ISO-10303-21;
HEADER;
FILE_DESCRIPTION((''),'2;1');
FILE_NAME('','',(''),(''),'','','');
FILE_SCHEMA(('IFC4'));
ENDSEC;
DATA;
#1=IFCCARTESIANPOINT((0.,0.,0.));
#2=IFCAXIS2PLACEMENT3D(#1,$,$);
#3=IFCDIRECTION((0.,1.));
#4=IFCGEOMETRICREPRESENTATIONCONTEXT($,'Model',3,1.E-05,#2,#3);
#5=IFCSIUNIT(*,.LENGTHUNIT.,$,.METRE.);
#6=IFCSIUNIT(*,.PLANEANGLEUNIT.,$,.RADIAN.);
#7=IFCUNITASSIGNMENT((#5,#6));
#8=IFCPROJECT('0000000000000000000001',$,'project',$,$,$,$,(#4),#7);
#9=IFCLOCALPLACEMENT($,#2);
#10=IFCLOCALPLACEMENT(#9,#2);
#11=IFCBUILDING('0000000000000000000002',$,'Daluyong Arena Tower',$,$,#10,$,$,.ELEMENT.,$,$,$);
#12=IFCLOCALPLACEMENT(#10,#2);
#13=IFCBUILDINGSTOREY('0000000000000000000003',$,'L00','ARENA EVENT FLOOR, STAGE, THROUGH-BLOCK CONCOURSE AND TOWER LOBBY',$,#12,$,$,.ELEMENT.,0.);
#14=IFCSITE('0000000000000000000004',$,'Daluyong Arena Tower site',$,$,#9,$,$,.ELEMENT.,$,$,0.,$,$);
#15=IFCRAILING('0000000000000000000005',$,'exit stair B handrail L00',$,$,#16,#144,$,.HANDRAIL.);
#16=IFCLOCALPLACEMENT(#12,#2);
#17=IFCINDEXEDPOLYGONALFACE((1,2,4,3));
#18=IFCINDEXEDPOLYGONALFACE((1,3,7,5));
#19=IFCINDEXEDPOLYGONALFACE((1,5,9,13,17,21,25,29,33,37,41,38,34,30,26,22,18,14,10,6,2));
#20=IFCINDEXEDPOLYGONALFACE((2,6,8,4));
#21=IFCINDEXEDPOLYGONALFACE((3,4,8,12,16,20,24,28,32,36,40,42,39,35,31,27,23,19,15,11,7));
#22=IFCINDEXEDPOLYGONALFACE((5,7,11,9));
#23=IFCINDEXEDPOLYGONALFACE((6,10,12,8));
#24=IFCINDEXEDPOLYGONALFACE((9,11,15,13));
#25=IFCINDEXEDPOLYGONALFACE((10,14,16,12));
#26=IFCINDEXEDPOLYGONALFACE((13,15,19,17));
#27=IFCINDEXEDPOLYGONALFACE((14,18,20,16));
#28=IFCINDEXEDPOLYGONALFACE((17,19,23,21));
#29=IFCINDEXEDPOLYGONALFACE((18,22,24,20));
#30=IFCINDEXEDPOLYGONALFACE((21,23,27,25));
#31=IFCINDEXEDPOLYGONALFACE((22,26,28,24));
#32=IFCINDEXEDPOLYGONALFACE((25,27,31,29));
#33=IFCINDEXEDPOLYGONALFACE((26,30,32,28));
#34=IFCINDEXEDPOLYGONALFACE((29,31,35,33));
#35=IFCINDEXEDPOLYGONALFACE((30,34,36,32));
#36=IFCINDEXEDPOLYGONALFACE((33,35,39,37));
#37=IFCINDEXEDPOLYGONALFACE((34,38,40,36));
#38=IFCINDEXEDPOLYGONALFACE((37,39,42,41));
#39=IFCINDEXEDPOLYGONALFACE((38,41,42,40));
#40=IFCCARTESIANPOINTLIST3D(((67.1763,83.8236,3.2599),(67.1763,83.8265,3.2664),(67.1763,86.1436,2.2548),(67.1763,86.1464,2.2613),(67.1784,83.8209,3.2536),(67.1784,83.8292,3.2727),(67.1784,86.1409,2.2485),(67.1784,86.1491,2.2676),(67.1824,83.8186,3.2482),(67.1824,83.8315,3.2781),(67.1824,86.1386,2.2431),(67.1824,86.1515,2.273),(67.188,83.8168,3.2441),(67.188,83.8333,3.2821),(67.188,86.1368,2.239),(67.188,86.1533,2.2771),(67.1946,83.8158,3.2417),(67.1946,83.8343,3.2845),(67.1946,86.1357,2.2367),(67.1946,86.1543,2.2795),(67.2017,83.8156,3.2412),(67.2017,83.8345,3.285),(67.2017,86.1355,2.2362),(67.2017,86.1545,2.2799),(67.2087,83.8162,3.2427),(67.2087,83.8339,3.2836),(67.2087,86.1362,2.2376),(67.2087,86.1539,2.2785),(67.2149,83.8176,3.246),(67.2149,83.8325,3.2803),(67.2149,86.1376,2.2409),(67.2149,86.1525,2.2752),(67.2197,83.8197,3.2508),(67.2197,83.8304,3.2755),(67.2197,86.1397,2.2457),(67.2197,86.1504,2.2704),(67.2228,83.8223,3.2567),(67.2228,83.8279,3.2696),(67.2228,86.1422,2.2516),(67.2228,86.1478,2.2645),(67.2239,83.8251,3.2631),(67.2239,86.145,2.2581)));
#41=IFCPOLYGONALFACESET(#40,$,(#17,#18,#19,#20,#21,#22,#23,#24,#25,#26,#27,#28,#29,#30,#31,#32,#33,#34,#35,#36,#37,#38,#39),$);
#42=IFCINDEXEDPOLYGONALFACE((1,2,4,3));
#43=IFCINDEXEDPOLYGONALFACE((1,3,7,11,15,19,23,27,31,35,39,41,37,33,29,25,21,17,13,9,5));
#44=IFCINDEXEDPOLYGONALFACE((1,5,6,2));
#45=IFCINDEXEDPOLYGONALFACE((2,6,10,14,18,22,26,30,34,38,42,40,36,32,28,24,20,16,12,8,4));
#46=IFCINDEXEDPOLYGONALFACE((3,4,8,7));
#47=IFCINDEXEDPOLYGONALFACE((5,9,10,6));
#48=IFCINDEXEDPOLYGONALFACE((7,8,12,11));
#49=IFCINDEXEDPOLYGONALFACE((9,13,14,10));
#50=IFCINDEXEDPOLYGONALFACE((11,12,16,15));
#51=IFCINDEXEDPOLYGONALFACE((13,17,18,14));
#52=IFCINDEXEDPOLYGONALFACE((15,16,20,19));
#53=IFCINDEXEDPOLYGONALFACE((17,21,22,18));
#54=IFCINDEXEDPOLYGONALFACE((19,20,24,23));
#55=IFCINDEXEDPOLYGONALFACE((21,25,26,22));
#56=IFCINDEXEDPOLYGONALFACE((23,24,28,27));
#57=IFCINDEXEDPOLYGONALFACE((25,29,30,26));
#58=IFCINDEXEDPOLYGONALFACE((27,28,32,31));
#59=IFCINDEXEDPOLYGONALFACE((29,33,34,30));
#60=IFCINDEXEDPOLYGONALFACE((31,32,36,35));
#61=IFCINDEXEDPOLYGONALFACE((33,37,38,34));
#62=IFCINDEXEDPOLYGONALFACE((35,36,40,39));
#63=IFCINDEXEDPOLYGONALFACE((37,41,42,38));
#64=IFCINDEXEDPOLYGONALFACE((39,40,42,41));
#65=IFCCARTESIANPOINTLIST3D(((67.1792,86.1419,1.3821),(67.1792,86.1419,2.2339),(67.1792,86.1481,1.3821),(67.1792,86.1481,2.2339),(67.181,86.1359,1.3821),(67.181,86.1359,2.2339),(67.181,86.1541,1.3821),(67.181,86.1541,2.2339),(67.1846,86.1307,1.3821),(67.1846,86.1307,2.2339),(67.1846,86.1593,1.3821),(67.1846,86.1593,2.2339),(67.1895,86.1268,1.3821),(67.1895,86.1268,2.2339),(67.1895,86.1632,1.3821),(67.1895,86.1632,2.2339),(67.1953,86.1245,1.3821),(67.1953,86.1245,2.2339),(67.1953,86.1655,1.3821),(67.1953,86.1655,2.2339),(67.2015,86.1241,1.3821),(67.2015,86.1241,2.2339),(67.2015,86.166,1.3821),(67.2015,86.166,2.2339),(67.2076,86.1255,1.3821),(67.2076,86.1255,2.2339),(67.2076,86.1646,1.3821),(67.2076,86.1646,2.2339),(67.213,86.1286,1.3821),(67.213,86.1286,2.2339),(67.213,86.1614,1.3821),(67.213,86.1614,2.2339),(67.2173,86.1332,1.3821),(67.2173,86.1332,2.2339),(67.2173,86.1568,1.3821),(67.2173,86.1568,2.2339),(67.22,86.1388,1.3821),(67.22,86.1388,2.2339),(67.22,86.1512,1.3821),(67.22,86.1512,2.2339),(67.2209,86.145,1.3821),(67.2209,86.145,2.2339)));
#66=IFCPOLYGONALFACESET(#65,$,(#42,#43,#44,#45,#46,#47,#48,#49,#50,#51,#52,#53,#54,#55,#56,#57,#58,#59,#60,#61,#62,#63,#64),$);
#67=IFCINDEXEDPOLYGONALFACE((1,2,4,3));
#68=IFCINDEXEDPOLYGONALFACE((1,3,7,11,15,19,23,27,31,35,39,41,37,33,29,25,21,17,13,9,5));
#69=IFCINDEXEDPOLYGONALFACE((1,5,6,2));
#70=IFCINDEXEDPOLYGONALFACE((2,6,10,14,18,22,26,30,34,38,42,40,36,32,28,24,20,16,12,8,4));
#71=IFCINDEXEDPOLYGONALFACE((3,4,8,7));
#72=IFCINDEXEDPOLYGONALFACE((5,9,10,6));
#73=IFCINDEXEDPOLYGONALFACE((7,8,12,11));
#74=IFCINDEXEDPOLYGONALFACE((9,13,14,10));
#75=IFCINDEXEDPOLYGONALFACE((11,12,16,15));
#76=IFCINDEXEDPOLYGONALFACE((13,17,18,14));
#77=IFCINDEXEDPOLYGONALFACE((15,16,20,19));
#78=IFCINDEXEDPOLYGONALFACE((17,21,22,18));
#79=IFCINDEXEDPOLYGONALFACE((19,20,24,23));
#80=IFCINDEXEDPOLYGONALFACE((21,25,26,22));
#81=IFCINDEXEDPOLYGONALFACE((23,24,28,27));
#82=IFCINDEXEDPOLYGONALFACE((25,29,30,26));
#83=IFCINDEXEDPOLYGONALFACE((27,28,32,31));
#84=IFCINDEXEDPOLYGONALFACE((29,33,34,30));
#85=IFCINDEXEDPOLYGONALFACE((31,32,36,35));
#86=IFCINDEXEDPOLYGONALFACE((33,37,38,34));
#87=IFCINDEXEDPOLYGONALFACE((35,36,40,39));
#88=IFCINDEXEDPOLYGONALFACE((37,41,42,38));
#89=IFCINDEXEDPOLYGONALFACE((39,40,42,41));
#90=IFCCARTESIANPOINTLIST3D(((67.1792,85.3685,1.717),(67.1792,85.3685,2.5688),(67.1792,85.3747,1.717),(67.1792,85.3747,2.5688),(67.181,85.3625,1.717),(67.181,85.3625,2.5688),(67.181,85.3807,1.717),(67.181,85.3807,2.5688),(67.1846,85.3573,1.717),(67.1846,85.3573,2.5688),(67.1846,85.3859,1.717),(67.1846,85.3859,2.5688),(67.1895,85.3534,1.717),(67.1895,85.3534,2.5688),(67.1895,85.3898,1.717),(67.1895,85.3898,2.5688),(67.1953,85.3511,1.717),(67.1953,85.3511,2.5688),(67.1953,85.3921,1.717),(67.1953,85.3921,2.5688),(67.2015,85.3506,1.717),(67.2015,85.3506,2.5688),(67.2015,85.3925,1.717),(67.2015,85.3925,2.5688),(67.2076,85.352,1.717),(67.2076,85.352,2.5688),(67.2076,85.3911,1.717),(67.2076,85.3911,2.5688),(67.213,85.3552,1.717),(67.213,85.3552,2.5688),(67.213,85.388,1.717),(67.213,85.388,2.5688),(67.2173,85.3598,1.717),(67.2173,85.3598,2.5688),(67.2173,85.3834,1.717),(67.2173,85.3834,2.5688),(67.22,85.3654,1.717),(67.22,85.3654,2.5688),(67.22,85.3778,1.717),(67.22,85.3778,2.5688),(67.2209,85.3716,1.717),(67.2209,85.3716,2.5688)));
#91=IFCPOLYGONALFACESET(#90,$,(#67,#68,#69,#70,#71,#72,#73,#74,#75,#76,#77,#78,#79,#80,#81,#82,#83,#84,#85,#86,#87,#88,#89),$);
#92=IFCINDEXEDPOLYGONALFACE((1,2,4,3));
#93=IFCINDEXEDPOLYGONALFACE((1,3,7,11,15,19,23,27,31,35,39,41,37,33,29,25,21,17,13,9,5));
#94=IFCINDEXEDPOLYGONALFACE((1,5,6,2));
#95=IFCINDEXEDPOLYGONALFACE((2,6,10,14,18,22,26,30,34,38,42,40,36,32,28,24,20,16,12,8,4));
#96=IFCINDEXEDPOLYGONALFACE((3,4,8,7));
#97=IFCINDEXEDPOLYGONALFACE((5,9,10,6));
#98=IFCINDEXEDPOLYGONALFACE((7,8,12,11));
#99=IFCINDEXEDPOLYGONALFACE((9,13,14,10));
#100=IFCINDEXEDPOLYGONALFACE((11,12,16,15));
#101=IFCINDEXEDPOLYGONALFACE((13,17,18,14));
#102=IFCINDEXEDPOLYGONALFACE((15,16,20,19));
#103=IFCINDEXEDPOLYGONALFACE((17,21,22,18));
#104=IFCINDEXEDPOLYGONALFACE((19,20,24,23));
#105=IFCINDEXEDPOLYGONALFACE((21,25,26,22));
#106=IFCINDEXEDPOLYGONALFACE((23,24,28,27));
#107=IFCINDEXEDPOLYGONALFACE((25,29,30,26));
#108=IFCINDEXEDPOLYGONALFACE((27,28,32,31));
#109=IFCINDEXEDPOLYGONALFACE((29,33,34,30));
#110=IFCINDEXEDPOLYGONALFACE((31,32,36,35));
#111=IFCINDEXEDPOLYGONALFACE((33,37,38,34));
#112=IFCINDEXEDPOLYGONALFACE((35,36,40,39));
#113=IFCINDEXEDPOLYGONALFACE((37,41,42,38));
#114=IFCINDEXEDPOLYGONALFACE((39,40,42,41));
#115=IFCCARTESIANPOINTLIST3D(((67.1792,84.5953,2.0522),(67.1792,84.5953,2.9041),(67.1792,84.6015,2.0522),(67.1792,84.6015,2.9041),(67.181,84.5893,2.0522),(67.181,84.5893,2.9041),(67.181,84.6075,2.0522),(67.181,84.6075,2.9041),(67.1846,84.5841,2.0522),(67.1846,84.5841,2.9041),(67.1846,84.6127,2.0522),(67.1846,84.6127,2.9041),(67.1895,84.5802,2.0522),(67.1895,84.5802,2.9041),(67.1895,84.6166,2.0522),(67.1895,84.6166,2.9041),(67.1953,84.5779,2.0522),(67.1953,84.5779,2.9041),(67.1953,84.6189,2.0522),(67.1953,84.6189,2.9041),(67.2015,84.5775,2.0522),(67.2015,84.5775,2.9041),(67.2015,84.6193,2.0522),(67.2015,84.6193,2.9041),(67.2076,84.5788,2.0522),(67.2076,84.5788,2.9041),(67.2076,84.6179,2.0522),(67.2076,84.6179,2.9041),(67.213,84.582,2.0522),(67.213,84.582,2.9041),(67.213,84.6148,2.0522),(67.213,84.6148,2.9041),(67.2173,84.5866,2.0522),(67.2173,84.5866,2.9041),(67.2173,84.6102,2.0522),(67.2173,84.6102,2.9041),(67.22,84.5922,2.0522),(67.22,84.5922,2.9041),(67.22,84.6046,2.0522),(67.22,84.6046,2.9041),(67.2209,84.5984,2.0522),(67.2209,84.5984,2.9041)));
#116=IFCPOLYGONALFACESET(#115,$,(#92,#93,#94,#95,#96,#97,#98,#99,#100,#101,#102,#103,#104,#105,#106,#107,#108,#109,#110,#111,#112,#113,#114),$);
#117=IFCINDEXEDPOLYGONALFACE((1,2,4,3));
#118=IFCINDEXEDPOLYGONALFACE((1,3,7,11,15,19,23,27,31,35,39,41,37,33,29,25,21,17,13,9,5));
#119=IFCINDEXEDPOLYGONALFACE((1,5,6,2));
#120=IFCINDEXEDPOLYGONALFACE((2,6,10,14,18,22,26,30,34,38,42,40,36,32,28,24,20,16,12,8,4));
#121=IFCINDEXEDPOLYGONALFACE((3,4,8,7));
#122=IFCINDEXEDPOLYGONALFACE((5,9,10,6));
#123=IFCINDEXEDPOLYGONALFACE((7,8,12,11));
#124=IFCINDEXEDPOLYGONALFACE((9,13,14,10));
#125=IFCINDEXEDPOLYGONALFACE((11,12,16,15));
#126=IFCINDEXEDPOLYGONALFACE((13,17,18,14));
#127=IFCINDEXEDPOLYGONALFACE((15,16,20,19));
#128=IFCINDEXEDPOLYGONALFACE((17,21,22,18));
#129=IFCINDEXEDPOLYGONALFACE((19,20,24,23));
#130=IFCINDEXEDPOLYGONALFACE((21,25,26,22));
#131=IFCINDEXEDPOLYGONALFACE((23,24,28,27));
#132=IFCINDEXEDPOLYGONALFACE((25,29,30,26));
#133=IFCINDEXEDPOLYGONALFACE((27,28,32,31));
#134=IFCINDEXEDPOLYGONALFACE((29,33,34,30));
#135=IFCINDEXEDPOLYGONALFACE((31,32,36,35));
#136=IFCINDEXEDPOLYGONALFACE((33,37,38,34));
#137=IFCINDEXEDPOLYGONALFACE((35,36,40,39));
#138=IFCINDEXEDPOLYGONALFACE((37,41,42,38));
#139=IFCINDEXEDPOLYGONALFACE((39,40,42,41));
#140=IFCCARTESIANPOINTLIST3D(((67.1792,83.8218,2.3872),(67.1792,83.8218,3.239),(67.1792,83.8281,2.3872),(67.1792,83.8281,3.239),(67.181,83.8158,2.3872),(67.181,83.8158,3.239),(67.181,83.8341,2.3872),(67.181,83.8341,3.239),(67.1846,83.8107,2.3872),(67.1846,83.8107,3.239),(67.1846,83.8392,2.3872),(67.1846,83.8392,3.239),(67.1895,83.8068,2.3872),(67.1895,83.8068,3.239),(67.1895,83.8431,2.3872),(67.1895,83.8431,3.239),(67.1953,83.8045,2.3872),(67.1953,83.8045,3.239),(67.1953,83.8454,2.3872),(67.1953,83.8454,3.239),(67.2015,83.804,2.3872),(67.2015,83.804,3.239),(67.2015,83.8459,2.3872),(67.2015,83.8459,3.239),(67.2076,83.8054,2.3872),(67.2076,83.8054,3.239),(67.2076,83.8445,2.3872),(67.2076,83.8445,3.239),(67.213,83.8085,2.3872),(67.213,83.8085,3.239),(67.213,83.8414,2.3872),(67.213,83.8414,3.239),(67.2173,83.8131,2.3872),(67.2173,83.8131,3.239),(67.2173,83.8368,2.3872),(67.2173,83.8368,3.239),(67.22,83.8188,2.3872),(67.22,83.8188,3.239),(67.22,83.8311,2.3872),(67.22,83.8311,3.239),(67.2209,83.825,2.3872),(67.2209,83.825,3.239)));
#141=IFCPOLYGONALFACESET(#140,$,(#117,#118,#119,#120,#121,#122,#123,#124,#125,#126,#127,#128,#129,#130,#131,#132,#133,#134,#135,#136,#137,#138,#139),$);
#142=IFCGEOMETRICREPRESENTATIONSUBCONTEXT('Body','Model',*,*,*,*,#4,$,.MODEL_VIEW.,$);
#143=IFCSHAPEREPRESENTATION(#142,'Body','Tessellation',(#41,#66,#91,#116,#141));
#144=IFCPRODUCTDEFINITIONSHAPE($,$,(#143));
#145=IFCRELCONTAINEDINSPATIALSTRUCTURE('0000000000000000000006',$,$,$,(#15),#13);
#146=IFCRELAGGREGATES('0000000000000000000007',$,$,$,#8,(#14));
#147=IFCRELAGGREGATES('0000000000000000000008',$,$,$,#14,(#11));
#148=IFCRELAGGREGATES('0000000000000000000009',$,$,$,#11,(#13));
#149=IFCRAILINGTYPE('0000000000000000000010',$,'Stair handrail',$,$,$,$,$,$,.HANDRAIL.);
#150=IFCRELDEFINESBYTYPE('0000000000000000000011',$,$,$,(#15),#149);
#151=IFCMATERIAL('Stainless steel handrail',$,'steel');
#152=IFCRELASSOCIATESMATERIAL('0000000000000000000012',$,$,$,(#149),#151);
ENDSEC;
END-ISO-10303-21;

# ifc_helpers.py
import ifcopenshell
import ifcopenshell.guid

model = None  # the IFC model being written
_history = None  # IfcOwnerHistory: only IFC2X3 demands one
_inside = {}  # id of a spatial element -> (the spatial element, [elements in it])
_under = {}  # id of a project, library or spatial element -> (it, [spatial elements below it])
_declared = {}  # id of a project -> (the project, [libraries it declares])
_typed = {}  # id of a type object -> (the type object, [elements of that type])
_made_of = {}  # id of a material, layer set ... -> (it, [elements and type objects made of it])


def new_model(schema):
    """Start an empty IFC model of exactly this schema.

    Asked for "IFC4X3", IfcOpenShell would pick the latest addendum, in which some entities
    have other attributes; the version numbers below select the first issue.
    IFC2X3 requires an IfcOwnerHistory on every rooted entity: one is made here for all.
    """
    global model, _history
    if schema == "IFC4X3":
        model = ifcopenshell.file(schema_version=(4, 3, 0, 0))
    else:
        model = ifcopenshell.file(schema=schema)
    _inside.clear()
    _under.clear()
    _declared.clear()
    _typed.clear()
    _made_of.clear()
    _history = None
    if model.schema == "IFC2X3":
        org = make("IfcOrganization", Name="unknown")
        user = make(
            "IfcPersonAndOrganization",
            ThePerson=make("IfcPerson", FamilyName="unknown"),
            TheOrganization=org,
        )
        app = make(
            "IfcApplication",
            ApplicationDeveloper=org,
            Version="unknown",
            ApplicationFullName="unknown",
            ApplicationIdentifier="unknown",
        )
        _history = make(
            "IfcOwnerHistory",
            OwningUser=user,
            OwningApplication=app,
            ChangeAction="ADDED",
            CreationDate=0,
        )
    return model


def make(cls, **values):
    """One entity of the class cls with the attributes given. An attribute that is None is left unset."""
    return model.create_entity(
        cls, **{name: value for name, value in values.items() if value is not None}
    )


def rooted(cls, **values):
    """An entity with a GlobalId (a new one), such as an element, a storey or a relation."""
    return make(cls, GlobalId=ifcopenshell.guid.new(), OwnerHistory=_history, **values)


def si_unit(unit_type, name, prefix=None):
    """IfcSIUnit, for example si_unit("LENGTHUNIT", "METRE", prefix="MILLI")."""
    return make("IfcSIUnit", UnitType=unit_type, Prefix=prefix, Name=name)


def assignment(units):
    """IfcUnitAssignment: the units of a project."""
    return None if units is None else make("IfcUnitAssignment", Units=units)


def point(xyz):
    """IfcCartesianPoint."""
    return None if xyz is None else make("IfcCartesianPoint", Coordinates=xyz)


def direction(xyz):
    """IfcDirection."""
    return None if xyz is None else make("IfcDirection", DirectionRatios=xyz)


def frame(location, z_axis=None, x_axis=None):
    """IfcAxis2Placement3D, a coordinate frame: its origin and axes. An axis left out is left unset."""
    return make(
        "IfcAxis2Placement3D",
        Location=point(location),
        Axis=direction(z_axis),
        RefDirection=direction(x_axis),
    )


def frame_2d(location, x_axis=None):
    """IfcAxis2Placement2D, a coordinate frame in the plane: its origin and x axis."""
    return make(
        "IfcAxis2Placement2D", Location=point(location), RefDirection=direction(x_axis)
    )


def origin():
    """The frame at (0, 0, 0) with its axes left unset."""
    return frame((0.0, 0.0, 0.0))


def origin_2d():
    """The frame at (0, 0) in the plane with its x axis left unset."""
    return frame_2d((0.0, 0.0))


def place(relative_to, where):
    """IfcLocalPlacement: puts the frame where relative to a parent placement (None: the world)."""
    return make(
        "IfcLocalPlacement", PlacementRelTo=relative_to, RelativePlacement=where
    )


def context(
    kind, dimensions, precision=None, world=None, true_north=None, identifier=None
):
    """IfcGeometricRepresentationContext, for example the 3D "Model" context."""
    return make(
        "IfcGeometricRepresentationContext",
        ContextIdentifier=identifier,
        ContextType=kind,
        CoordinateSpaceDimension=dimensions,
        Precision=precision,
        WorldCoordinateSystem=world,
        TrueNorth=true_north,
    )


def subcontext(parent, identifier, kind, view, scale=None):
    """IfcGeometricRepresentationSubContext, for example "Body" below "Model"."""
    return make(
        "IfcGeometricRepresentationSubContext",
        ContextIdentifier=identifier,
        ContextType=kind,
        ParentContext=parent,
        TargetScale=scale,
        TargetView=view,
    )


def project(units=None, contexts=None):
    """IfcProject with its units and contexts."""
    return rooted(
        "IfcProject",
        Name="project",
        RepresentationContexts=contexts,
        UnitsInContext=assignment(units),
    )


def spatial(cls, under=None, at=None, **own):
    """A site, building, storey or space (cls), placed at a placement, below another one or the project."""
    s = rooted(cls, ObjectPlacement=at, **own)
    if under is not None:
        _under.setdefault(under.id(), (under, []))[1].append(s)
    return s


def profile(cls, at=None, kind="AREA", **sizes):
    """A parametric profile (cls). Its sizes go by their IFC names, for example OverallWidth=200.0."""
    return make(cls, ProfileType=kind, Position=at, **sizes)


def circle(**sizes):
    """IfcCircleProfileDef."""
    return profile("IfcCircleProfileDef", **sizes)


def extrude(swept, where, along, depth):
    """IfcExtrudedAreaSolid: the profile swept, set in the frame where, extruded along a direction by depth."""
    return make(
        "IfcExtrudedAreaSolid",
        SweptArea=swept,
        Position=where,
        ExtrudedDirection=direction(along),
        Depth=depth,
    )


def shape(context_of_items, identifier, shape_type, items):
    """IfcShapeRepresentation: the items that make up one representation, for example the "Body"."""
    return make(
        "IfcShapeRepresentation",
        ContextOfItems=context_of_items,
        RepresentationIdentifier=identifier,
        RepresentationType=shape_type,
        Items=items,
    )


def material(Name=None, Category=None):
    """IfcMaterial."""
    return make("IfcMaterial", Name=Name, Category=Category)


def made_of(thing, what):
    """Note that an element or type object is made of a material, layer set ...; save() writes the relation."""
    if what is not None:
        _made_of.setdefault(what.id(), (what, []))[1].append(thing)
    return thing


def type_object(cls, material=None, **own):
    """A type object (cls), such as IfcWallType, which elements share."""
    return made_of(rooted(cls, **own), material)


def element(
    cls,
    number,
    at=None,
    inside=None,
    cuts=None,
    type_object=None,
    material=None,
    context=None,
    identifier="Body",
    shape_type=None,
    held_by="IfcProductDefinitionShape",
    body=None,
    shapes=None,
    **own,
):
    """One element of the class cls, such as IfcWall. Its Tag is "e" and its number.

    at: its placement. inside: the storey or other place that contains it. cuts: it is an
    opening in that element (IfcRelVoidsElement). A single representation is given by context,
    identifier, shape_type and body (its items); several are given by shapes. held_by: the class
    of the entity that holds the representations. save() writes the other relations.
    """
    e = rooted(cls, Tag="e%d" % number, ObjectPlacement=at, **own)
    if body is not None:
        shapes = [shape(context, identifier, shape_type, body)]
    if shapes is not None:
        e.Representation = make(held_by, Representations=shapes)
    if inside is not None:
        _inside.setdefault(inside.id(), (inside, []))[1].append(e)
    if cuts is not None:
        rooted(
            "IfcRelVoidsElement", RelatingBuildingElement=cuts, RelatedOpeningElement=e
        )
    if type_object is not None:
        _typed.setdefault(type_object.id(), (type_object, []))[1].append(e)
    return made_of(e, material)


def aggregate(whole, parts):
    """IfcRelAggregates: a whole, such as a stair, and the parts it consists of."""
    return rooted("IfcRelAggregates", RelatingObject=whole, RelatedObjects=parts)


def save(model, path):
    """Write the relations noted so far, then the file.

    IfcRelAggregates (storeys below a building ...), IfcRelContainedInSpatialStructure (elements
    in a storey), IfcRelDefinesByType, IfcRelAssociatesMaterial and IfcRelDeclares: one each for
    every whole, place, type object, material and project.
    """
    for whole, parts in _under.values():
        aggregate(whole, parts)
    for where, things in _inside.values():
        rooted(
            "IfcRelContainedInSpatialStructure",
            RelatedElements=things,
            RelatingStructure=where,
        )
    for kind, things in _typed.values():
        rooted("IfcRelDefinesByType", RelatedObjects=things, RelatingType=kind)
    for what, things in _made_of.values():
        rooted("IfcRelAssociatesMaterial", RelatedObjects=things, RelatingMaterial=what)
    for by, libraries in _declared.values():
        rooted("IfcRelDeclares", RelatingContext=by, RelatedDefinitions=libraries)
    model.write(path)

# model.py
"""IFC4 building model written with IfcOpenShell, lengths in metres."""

from ifc_helpers import new_model, si_unit, direction, frame, origin, origin_2d, place, context, subcontext, project, spatial, circle, extrude, material, type_object, element, save


model = new_model("IFC4")

# Units and contexts
model_context = context("Model", 3, precision=1e-05, world=origin(), true_north=direction((0.0, 1.0)))
body_context = subcontext(model_context, "Body", "Model", "MODEL_VIEW")
ifc_project = project(units=[si_unit("LENGTHUNIT", "METRE"), si_unit("PLANEANGLEUNIT", "RADIAN")], contexts=[model_context])

# Site, building, storey
site_placement = place(None, origin())
site = spatial("IfcSite", under=ifc_project, at=site_placement, Name="Daluyong Arena Tower site", CompositionType="ELEMENT", RefElevation=0.0)
building_placement = place(site_placement, origin())
building = spatial("IfcBuilding", under=site, at=building_placement, Name="Daluyong Arena Tower", CompositionType="ELEMENT")
storey_placement = place(building_placement, origin())
storey = spatial("IfcBuildingStorey", under=building, at=storey_placement, Name="L00", Description="ARENA EVENT FLOOR, STAGE, THROUGH-BLOCK CONCOURSE AND TOWER LOBBY", CompositionType="ELEMENT", Elevation=0.0)

# Railing
ifc_material_1 = material(Name="Stainless steel handrail", Category="steel")
railing_type_1 = type_object("IfcRailingType", Name="Stair handrail", PredefinedType="HANDRAIL", material=ifc_material_1)
railing_1_placement = place(storey_placement, frame((67.2, 86.145, 1.3821)))
element("IfcRailing", 1, at=railing_1_placement, inside=storey, type_object=railing_type_1, Name="exit stair B handrail L00", PredefinedType="HANDRAIL", context=body_context, shape_type="SweptSolid", body=[
    extrude(circle(Radius=0.0239, at=origin_2d()), frame((0.0, 0.0, 0.876), z_axis=(0.0, -0.91759, 0.397529), x_axis=(1.0, 0.0, 0.0)), (0.0, 0.0, 1.0), 2.5283),
    extrude(circle(Radius=0.021, at=origin_2d()), origin(), (0.0, 0.0, 1.0), 0.8518),
    extrude(circle(Radius=0.021, at=origin_2d()), frame((0.0, -0.7734, 0.335)), (0.0, 0.0, 1.0), 0.8518),
    extrude(circle(Radius=0.021, at=origin_2d()), frame((0.0, -1.5466, 0.6702)), (0.0, 0.0, 1.0), 0.8518),
    extrude(circle(Radius=0.021, at=origin_2d()), frame((0.0, -2.3201, 1.0051)), (0.0, 0.0, 1.0), 0.8518),
])

save(model, "model.ifc")
